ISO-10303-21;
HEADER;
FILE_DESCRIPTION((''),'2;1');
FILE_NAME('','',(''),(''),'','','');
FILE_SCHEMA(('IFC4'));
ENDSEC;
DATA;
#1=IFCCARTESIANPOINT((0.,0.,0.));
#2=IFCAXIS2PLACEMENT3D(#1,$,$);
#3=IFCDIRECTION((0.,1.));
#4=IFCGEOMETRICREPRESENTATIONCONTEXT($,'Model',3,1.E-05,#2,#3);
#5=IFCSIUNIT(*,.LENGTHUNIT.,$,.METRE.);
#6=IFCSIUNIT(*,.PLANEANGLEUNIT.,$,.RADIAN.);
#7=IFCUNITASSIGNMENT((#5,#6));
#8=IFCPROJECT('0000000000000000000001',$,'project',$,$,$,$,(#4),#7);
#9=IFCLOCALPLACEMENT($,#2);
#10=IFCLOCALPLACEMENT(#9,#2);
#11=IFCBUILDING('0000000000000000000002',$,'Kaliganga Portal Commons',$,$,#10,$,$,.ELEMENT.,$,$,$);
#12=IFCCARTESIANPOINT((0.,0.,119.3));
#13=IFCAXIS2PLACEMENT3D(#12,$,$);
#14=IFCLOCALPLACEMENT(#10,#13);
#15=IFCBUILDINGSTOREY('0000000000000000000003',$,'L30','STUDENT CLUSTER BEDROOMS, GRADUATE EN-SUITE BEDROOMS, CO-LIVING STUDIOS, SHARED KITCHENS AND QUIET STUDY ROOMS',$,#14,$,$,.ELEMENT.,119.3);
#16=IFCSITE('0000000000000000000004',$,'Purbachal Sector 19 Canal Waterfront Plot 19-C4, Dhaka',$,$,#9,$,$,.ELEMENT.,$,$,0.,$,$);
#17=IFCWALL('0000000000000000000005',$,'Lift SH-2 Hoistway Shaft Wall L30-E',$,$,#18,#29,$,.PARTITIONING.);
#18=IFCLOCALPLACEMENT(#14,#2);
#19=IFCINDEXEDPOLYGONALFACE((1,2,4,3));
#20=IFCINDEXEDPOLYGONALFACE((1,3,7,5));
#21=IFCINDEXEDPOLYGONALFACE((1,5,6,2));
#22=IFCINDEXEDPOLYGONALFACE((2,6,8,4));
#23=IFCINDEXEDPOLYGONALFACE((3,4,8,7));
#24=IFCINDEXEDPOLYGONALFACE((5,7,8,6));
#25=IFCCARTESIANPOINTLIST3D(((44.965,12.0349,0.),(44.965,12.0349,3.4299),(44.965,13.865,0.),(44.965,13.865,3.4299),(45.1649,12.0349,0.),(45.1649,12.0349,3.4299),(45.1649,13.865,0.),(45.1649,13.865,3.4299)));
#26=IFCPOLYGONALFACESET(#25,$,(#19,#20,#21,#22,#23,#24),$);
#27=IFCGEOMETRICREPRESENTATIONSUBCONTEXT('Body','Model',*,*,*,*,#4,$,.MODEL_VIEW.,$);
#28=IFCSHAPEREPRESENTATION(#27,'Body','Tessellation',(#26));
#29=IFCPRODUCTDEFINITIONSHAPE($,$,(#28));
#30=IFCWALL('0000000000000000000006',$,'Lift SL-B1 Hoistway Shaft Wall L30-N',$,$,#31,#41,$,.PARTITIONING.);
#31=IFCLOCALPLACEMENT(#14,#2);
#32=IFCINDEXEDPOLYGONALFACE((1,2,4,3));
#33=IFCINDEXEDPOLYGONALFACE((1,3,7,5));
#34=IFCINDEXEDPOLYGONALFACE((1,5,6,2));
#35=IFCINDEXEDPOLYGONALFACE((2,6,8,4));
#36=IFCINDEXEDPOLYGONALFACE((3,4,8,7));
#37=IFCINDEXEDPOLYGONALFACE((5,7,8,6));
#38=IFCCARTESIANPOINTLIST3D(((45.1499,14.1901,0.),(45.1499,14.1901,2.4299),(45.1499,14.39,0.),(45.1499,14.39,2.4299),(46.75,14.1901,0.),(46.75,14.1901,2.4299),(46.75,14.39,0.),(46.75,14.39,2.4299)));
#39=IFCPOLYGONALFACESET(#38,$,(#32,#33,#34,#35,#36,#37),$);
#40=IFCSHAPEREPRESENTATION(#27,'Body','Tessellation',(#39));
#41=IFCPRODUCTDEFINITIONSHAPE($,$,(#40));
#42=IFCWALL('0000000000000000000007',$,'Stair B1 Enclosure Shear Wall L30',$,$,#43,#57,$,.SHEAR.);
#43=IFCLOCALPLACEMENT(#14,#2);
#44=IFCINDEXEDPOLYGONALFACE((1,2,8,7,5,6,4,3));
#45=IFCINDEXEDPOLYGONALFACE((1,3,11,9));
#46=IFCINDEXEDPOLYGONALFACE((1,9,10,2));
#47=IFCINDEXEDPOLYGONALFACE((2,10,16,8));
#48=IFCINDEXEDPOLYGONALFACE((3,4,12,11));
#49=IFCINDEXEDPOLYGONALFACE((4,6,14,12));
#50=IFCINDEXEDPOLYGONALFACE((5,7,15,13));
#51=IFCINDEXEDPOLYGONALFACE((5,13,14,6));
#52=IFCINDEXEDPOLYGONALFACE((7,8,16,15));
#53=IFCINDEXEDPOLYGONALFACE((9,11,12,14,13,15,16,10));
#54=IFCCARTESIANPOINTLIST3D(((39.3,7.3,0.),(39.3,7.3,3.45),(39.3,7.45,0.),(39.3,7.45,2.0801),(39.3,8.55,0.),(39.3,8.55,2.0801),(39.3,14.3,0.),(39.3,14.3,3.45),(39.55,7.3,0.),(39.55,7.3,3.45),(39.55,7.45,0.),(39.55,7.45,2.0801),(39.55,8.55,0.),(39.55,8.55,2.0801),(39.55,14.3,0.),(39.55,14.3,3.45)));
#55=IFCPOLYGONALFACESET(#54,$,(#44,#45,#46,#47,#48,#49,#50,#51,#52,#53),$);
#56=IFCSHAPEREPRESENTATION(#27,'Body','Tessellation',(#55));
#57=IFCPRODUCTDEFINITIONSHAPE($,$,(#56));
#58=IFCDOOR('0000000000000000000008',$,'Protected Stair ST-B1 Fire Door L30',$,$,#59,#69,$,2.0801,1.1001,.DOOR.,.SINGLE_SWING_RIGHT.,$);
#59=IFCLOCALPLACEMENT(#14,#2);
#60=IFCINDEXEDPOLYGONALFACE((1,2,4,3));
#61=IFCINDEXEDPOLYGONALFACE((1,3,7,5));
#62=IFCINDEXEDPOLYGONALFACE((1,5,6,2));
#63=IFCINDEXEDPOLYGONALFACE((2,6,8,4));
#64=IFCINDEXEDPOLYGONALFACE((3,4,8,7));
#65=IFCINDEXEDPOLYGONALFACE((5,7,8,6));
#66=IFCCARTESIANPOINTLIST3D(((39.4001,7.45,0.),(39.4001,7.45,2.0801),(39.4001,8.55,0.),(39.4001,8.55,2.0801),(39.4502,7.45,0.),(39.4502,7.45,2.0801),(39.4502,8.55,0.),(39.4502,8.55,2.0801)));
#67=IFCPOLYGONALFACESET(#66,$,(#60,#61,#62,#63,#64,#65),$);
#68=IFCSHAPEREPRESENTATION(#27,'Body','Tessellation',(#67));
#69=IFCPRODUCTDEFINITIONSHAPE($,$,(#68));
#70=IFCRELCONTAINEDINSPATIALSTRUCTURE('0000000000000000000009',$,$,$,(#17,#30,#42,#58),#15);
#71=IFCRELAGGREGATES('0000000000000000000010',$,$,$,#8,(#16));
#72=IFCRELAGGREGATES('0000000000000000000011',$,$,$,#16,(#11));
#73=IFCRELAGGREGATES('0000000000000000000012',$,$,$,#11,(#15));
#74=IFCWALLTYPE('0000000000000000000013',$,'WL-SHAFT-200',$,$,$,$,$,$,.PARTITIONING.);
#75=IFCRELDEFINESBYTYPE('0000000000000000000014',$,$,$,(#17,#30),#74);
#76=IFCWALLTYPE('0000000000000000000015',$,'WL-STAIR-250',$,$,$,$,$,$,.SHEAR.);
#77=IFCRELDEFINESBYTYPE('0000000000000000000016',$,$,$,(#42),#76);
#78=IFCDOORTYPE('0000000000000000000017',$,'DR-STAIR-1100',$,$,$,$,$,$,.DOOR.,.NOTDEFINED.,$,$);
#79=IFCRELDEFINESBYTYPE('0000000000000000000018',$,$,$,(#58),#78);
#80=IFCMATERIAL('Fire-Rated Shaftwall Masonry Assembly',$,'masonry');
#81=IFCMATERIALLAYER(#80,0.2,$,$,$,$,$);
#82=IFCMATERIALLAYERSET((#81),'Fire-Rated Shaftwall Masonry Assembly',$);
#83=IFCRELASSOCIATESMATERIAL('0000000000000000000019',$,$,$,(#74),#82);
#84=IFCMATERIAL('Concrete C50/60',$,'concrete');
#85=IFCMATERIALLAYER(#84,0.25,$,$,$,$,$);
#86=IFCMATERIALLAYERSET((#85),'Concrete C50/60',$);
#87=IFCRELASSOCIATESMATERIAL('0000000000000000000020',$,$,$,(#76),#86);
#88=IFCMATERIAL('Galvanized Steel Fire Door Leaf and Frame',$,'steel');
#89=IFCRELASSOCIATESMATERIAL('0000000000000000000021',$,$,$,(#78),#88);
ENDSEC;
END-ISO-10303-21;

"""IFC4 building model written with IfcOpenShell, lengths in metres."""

from ifc_helpers import new_model, si_unit, direction, frame, frame_2d, origin, place, context, subcontext, project, spatial, rectangle, extrude, material, layer, layer_set, type_object, element, fill, save


model = new_model("IFC4")

# Units and contexts
model_context = context("Model", 3, precision=1e-05, world=origin(), true_north=direction((0.0, 1.0)))
body_context = subcontext(model_context, "Body", "Model", "MODEL_VIEW")
ifc_project = project(units=[si_unit("LENGTHUNIT", "METRE"), si_unit("PLANEANGLEUNIT", "RADIAN")], contexts=[model_context])

# Site, building, storey
site_placement = place(None, origin())
site = spatial("IfcSite", under=ifc_project, at=site_placement, Name="Purbachal Sector 19 Canal Waterfront Plot 19-C4, Dhaka", CompositionType="ELEMENT", RefElevation=0.0)
building_placement = place(site_placement, origin())
building = spatial("IfcBuilding", under=site, at=building_placement, Name="Kaliganga Portal Commons", CompositionType="ELEMENT")
storey_placement = place(building_placement, frame((0.0, 0.0, 119.3)))
storey = spatial("IfcBuildingStorey", under=building, at=storey_placement, Name="L30", Description="STUDENT CLUSTER BEDROOMS, GRADUATE EN-SUITE BEDROOMS, CO-LIVING STUDIOS, SHARED KITCHENS AND QUIET STUDY ROOMS", CompositionType="ELEMENT", Elevation=119.3)

# Shared definitions
ifc_material_1 = material(Name="Concrete C50/60", Category="concrete")

# Shared definitions
ifc_material_2 = material(Name="Fire-Rated Shaftwall Masonry Assembly", Category="masonry")
ifc_layer_1 = layer(ifc_material_2, 0.2)
ifc_layer_set_1 = layer_set([ifc_layer_1], Name="Fire-Rated Shaftwall Masonry Assembly")
wall_type_1 = type_object("IfcWallType", Name="WL-SHAFT-200", PredefinedType="PARTITIONING", material=ifc_layer_set_1)

# Wall
wall_1_placement = place(storey_placement, frame((45.0649, 12.0349, 0.0), z_axis=(0.0, 0.0, 1.0), x_axis=(0.0, 1.0, 0.0)))
element("IfcWall", 1, at=wall_1_placement, inside=storey, type_object=wall_type_1, Name="Lift SH-2 Hoistway Shaft Wall L30-E", PredefinedType="PARTITIONING", context=body_context, shape_type="SweptSolid", body=[
    extrude(rectangle(XDim=1.8301, YDim=0.2, at=frame_2d((0.915, 0.0))), origin(), (0.0, 0.0, 1.0), 3.4299),
])

# Wall
wall_2_placement = place(storey_placement, frame((45.1499, 14.29, 0.0), z_axis=(0.0, 0.0, 1.0), x_axis=(1.0, 0.0, 0.0)))
element("IfcWall", 2, at=wall_2_placement, inside=storey, type_object=wall_type_1, Name="Lift SL-B1 Hoistway Shaft Wall L30-N", PredefinedType="PARTITIONING", context=body_context, shape_type="SweptSolid", body=[
    extrude(rectangle(XDim=1.6001, YDim=0.2, at=frame_2d((0.8, 0.0))), origin(), (0.0, 0.0, 1.0), 2.4299),
])

# Wall, opening, door
ifc_layer_2 = layer(ifc_material_1, 0.25)
ifc_layer_set_2 = layer_set([ifc_layer_2], Name="Concrete C50/60")
wall_type_2 = type_object("IfcWallType", Name="WL-STAIR-250", PredefinedType="SHEAR", material=ifc_layer_set_2)
wall_3_placement = place(storey_placement, frame((39.425, 7.3, 0.0), z_axis=(0.0, 0.0, 1.0), x_axis=(0.0, 1.0, 0.0)))
wall_3 = element("IfcWall", 3, at=wall_3_placement, inside=storey, type_object=wall_type_2, Name="Stair B1 Enclosure Shear Wall L30", PredefinedType="SHEAR", context=body_context, shape_type="SweptSolid", body=[
    extrude(rectangle(XDim=7.0, YDim=0.25, at=frame_2d((3.5, 0.0))), origin(), (0.0, 0.0, 1.0), 3.45),
])
opening_1_placement = place(wall_3_placement, frame((0.1499, 0.0, 0.0)))
opening_1 = element("IfcOpeningElement", 4, at=opening_1_placement, cuts=wall_3, PredefinedType="OPENING", context=body_context, shape_type="SweptSolid", body=[
    extrude(rectangle(XDim=1.1001, YDim=2.0801, at=frame_2d((0.55, 1.04))), frame((0.0, 0.135, 0.0), z_axis=(0.0, -1.0, 0.0), x_axis=(1.0, 0.0, 0.0)), (0.0, 0.0, 1.0), 0.27),
])
ifc_material_3 = material(Name="Galvanized Steel Fire Door Leaf and Frame", Category="steel")
door_type_1 = type_object("IfcDoorType", Name="DR-STAIR-1100", OperationType="NOTDEFINED", PredefinedType="DOOR", material=ifc_material_3)
door_1_placement = place(opening_1_placement, origin())
door_1 = element("IfcDoor", 5, at=door_1_placement, inside=storey, type_object=door_type_1, Name="Protected Stair ST-B1 Fire Door L30", OperationType="SINGLE_SWING_RIGHT", OverallHeight=2.0801, OverallWidth=1.1001, PredefinedType="DOOR", context=body_context, shape_type="SweptSolid", body=[
    extrude(rectangle(XDim=1.1001, YDim=2.0801, at=frame_2d((0.55, 1.04))), frame((0.0, 0.0249, 0.0), z_axis=(0.0, -1.0, 0.0), x_axis=(1.0, 0.0, 0.0)), (0.0, 0.0, 1.0), 0.05),
])
fill(opening_1, door_1)

save(model, "model.ifc")
